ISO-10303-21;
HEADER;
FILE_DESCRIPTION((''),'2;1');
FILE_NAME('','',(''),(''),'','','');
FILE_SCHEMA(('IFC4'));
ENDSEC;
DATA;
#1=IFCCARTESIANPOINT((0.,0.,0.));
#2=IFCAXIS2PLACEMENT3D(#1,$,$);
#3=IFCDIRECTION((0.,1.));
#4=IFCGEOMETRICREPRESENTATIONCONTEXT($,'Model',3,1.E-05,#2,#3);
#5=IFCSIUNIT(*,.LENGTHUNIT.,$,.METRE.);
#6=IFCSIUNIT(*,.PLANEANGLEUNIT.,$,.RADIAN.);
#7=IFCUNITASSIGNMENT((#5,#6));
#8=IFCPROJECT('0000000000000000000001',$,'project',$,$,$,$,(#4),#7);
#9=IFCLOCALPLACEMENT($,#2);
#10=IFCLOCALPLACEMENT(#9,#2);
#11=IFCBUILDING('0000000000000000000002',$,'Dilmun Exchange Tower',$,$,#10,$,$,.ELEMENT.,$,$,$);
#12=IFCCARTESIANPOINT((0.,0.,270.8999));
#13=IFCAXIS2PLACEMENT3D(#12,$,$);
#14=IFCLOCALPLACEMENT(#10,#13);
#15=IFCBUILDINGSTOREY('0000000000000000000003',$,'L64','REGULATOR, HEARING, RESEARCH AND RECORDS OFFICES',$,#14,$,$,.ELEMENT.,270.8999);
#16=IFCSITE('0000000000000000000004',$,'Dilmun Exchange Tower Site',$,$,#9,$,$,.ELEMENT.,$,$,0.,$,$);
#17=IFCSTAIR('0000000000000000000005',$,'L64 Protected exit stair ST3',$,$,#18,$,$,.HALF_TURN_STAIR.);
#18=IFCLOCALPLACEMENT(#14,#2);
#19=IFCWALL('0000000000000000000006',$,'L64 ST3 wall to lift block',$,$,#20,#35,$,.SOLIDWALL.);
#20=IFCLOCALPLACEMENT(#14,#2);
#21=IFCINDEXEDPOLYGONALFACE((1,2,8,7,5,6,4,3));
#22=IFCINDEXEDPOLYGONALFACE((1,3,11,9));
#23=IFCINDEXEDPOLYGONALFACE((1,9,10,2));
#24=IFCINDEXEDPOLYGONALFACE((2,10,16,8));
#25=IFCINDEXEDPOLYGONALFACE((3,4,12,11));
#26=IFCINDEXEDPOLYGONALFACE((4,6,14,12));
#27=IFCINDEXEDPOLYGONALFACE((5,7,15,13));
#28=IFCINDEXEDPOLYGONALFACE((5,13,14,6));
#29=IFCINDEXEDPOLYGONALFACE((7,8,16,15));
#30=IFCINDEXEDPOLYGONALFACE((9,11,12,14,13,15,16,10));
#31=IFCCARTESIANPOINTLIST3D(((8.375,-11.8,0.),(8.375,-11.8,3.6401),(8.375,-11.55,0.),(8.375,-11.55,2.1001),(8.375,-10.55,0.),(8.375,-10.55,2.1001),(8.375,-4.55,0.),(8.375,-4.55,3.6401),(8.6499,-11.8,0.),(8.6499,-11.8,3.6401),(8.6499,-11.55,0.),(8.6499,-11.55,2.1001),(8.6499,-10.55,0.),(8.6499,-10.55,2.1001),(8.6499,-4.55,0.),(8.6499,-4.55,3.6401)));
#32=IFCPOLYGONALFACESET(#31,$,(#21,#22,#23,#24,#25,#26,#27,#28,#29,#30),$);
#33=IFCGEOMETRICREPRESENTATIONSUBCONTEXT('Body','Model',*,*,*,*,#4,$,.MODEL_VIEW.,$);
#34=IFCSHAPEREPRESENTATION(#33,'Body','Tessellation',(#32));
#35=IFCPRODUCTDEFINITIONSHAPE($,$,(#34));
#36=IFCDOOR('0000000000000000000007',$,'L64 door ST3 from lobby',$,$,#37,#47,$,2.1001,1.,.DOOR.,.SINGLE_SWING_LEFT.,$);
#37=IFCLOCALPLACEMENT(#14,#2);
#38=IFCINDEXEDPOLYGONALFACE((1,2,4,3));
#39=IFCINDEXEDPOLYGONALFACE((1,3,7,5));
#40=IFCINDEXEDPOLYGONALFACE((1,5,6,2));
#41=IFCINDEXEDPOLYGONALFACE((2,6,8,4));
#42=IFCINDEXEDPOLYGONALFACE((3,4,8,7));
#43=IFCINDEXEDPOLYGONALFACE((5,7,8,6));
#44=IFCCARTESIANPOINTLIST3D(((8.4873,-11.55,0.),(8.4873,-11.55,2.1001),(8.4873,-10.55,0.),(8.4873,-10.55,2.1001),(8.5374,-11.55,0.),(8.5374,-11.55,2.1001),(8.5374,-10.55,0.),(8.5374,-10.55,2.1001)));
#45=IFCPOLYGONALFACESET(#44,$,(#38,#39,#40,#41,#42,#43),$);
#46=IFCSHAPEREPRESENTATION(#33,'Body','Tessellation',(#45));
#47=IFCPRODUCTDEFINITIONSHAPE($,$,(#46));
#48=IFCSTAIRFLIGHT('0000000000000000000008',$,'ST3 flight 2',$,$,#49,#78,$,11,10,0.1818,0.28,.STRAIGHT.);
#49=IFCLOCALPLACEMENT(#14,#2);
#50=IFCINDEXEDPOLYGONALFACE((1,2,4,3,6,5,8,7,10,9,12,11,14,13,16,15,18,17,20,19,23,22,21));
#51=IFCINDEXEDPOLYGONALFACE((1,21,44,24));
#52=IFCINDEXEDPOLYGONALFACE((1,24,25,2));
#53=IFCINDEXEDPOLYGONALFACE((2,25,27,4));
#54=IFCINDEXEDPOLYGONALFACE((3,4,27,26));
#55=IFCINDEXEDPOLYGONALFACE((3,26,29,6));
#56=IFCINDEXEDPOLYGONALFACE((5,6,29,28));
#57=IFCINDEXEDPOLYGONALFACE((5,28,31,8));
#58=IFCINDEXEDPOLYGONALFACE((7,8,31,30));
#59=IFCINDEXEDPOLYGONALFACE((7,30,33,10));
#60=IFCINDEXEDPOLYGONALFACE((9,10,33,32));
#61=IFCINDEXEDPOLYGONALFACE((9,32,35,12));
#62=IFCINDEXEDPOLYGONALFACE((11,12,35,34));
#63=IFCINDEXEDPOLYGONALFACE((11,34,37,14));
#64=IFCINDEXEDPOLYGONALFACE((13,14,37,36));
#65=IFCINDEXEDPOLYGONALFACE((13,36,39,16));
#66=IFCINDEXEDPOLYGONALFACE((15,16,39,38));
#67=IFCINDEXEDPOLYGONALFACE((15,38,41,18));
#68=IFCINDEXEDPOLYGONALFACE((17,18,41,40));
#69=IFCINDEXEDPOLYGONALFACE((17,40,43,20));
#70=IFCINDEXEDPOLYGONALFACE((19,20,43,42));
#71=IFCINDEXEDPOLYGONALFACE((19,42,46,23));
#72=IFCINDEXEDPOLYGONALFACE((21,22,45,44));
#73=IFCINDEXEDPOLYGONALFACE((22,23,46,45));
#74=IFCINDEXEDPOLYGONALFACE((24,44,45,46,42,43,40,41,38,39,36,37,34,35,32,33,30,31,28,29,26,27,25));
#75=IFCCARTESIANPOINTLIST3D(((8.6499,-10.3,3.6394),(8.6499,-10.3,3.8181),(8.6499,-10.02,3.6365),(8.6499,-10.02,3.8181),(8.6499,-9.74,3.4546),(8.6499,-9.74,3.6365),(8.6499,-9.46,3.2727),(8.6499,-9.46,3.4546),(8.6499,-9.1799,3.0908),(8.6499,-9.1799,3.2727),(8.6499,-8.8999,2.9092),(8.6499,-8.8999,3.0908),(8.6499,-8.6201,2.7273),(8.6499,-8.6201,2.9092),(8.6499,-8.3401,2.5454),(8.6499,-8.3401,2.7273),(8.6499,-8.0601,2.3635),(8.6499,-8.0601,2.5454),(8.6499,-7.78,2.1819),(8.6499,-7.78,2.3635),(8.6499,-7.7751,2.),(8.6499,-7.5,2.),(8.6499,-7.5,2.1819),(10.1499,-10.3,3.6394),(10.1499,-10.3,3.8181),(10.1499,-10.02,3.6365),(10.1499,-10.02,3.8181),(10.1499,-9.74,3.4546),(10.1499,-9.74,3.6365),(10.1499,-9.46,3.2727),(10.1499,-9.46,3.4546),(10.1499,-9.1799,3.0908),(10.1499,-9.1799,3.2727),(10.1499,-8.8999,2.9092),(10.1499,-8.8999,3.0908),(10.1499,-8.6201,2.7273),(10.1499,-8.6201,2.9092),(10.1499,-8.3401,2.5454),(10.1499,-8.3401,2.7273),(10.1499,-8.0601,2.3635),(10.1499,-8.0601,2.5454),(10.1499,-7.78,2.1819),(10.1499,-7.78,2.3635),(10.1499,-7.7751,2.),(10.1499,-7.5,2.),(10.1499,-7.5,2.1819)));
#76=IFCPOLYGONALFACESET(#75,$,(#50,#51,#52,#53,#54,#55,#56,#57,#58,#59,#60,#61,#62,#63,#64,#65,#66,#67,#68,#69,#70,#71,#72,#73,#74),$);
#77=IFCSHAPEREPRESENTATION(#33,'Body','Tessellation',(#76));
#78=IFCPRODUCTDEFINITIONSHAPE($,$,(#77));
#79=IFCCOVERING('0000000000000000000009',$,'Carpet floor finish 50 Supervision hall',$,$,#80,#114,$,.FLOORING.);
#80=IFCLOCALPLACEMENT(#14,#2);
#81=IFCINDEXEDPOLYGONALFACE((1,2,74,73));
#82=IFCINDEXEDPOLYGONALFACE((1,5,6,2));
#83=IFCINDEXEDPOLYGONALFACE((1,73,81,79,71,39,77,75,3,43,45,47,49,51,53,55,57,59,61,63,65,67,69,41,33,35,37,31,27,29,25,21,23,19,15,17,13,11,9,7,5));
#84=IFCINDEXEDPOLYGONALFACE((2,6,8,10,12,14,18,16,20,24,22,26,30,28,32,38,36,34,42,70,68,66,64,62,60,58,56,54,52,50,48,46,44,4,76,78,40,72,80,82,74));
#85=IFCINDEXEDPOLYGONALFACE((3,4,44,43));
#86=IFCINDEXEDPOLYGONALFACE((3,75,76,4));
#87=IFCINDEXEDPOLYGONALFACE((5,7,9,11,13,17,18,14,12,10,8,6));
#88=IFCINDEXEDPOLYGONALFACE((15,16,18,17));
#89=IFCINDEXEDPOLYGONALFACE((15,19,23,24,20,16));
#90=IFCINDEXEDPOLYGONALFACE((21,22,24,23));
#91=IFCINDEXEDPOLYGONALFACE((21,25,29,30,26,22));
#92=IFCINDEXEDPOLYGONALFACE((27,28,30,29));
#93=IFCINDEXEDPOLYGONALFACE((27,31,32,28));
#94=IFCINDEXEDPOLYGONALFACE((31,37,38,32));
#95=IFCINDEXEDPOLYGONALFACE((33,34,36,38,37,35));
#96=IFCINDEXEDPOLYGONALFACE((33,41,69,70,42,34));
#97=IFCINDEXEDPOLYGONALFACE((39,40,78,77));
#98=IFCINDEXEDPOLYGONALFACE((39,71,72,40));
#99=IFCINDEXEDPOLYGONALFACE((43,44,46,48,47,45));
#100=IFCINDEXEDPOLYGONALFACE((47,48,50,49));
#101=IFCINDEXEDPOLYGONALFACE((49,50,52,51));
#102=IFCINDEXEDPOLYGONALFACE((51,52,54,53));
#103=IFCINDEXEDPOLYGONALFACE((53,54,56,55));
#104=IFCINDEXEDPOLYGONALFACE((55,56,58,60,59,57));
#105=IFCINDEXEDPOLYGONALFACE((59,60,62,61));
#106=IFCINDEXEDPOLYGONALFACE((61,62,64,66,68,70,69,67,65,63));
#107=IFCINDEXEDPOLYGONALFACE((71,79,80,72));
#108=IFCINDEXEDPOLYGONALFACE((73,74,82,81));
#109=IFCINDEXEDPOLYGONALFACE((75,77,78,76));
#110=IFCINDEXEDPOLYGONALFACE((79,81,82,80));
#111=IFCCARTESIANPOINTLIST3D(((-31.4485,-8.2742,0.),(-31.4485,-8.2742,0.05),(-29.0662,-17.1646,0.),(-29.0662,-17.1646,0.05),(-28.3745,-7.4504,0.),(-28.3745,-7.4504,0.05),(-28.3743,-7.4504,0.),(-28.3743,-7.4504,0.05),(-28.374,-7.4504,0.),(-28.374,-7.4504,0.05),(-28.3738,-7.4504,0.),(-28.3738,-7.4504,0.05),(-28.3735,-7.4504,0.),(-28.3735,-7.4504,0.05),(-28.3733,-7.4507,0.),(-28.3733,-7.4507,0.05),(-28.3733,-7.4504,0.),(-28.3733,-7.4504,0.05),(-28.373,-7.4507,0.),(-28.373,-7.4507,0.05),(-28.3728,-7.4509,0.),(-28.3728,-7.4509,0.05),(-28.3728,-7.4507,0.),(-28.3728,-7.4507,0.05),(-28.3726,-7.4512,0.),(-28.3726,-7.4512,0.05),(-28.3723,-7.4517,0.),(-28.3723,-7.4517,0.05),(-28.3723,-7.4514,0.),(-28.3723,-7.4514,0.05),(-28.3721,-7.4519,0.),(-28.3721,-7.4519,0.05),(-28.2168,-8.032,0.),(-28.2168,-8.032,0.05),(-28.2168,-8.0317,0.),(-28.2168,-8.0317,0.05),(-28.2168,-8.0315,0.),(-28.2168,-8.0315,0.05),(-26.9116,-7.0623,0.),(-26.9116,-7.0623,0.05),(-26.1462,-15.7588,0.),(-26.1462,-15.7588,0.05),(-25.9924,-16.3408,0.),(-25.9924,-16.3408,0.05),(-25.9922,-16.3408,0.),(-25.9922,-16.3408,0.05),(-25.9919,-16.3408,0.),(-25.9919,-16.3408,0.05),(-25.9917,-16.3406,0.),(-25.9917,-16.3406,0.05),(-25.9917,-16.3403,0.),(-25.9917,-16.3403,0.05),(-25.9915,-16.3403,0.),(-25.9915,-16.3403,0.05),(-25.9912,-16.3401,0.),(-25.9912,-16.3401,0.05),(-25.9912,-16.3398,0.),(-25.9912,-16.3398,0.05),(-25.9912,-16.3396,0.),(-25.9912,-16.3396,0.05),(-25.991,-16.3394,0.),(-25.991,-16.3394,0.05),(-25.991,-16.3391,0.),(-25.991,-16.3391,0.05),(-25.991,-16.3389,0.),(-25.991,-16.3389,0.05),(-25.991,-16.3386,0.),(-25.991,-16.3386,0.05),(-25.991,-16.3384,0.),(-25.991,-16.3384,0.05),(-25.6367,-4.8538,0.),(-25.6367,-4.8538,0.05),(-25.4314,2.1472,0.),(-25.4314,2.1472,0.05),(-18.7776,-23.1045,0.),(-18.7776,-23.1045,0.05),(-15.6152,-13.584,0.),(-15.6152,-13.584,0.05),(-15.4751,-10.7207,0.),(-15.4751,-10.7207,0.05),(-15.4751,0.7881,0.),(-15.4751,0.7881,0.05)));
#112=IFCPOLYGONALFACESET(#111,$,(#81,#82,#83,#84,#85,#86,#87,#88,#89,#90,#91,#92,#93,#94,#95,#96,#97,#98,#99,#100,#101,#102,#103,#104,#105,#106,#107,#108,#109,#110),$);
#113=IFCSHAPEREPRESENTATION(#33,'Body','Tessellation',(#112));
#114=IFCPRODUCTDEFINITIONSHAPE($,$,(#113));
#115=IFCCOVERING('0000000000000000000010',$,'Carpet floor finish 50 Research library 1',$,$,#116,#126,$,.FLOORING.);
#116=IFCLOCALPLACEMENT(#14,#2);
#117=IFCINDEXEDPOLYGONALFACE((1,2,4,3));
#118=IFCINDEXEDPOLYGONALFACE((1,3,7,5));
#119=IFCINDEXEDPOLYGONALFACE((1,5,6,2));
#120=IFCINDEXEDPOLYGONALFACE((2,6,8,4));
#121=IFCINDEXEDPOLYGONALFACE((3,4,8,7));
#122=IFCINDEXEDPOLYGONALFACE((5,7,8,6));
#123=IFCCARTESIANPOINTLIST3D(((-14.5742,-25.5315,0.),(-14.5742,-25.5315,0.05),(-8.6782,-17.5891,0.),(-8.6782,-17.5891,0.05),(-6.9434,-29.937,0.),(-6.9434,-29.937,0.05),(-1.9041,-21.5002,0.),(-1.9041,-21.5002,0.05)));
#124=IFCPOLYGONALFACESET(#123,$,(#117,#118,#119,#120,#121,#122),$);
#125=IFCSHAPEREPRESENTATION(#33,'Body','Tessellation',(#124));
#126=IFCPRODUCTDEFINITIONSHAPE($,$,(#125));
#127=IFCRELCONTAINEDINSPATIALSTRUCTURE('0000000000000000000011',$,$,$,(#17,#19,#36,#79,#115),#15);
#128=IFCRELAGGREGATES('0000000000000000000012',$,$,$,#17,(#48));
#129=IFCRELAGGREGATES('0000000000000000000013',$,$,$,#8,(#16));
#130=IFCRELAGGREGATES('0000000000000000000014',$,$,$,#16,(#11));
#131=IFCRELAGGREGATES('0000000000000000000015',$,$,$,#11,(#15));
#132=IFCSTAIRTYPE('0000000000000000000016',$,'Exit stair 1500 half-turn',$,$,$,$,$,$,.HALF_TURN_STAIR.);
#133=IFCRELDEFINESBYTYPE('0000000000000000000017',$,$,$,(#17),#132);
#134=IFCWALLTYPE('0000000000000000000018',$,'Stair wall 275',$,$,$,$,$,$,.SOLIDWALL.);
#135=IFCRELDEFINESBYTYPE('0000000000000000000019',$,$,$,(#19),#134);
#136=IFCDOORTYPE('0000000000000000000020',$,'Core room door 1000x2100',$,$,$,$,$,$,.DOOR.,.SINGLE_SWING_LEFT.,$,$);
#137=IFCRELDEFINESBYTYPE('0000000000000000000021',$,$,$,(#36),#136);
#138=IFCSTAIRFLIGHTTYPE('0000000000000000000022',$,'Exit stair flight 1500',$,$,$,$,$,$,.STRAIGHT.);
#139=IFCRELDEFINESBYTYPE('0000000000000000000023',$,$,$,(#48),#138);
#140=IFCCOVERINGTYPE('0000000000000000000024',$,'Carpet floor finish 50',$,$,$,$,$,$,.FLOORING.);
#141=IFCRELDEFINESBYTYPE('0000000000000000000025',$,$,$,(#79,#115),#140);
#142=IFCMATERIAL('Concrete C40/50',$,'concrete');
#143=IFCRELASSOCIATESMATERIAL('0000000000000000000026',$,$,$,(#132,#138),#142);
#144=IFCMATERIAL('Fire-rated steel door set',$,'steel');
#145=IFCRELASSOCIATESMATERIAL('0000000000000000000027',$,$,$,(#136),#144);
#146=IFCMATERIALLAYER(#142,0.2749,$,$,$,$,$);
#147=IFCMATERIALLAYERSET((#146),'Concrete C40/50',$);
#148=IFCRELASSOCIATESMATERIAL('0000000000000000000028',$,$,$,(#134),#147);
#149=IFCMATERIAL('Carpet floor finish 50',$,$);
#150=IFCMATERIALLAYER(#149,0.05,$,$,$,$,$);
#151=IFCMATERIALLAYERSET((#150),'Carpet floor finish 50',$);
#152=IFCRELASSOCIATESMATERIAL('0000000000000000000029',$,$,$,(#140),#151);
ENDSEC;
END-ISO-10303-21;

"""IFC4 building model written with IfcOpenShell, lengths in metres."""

from ifc_helpers import new_model, si_unit, direction, frame, frame_2d, origin, place, context, subcontext, project, spatial, polyline, rectangle, outline, extrude, material, layer, layer_set, type_object, element, fill, aggregate, save


model = new_model("IFC4")

# Units and contexts
model_context = context("Model", 3, precision=1e-05, world=origin(), true_north=direction((0.0, 1.0)))
body_context = subcontext(model_context, "Body", "Model", "MODEL_VIEW")
ifc_project = project(units=[si_unit("LENGTHUNIT", "METRE"), si_unit("PLANEANGLEUNIT", "RADIAN")], contexts=[model_context])

# Site, building, storey
site_placement = place(None, origin())
site = spatial("IfcSite", under=ifc_project, at=site_placement, Name="Dilmun Exchange Tower Site", CompositionType="ELEMENT", RefElevation=0.0)
building_placement = place(site_placement, origin())
building = spatial("IfcBuilding", under=site, at=building_placement, Name="Dilmun Exchange Tower", CompositionType="ELEMENT")
storey_placement = place(building_placement, frame((0.0, 0.0, 270.8999)))
storey = spatial("IfcBuildingStorey", under=building, at=storey_placement, Name="L64", Description="REGULATOR, HEARING, RESEARCH AND RECORDS OFFICES", CompositionType="ELEMENT", Elevation=270.8999)

# Shared definitions
ifc_material_1 = material(Name="Concrete C40/50", Category="concrete")

# Stair
stair_type = type_object("IfcStairType", Name="Exit stair 1500 half-turn", PredefinedType="HALF_TURN_STAIR", material=ifc_material_1)
stair_1_placement = place(storey_placement, origin())
stair_1 = element("IfcStair", 1, at=stair_1_placement, inside=storey, type_object=stair_type, Name="L64 Protected exit stair ST3", PredefinedType="HALF_TURN_STAIR")

# Shared definitions
ifc_material_2 = material(Name="Fire-rated steel door set", Category="steel")
door_type_1 = type_object("IfcDoorType", Name="Core room door 1000x2100", OperationType="SINGLE_SWING_LEFT", PredefinedType="DOOR", material=ifc_material_2)

# Wall, opening, door
ifc_layer_1 = layer(ifc_material_1, 0.2749)
ifc_layer_set_1 = layer_set([ifc_layer_1], Name="Concrete C40/50")
wall_type_1 = type_object("IfcWallType", Name="Stair wall 275", PredefinedType="SOLIDWALL", material=ifc_layer_set_1)
wall_1_placement = place(storey_placement, frame((8.5125, -4.55, 0.0), z_axis=(0.0, 0.0, 1.0), x_axis=(0.0, -1.0, 0.0)))
wall_1 = element("IfcWall", 2, at=wall_1_placement, inside=storey, type_object=wall_type_1, Name="L64 ST3 wall to lift block", PredefinedType="SOLIDWALL", context=body_context, shape_type="SweptSolid", body=[
    extrude(rectangle(XDim=7.25, YDim=0.2749, at=frame_2d((3.625, 0.0))), origin(), (0.0, 0.0, 1.0), 3.6401),
])
opening_1_placement = place(wall_1_placement, frame((6.0, 0.0, 0.0)))
opening_1 = element("IfcOpeningElement", 3, at=opening_1_placement, cuts=wall_1, PredefinedType="OPENING", context=body_context, shape_type="SweptSolid", body=[
    extrude(rectangle(XDim=1.0, YDim=2.1001, at=frame_2d((0.5, 1.05))), frame((0.0, 0.1475, 0.0), z_axis=(0.0, -1.0, 0.0), x_axis=(1.0, 0.0, 0.0)), (0.0, 0.0, 1.0), 0.2949),
])
door_1_placement = place(opening_1_placement, origin())
door_1 = element("IfcDoor", 4, at=door_1_placement, inside=storey, type_object=door_type_1, Name="L64 door ST3 from lobby", OperationType="SINGLE_SWING_LEFT", OverallHeight=2.1001, OverallWidth=1.0, PredefinedType="DOOR", context=body_context, shape_type="SweptSolid", body=[
    extrude(rectangle(XDim=1.0, YDim=2.1001, at=frame_2d((0.5, 1.05))), frame((0.0, 0.0249, 0.0), z_axis=(0.0, -1.0, 0.0), x_axis=(1.0, 0.0, 0.0)), (0.0, 0.0, 1.0), 0.05),
])
fill(opening_1, door_1)

# Stair flight
stair_flight_type = type_object("IfcStairFlightType", Name="Exit stair flight 1500", PredefinedType="STRAIGHT", material=ifc_material_1)
stair_flight_placement = place(storey_placement, frame((9.3999, -7.5, 2.0), z_axis=(0.0, 0.0, 1.0), x_axis=(0.0, -1.0, 0.0)))
stair_flight = element("IfcStairFlight", 5, at=stair_flight_placement, type_object=stair_flight_type, Name="ST3 flight 2", NumberOfRisers=11, NumberOfTreads=10, PredefinedType="STRAIGHT", RiserHeight=0.1818, TreadLength=0.28, context=body_context, shape_type="SweptSolid", body=[
    extrude(outline(polyline([(0.0, 0.0), (0.0, 0.1819), (0.28, 0.1819), (0.28, 0.3635), (0.5601, 0.3635), (0.5601, 0.5454), (0.8401, 0.5454), (0.8401, 0.7273), (1.1201, 0.7273), (1.1201, 0.9092), (1.3999, 0.9092), (1.3999, 1.0908), (1.6799, 1.0908), (1.6799, 1.2727), (1.96, 1.2727), (1.96, 1.4546), (2.24, 1.4546), (2.24, 1.6365), (2.52, 1.6365), (2.52, 1.8181), (2.8, 1.8181), (2.8, 2.0), (2.8, 1.6394), (0.2751, 0.0), (0.0, 0.0)])), frame((0.0, 0.75, 0.0), z_axis=(0.0, -1.0, 0.0), x_axis=(1.0, 0.0, 0.0)), (0.0, 0.0, 1.0), 1.5),
])
aggregate(stair_1, [stair_flight])

# Coverings
ifc_material_3 = material(Name="Carpet floor finish 50")
ifc_layer_2 = layer(ifc_material_3, 0.05)
ifc_layer_set_2 = layer_set([ifc_layer_2], Name="Carpet floor finish 50")
covering_type_1 = type_object("IfcCoveringType", Name="Carpet floor finish 50", PredefinedType="FLOORING", material=ifc_layer_set_2)
covering_1_placement = place(storey_placement, origin())
element("IfcCovering", 6, at=covering_1_placement, inside=storey, type_object=covering_type_1, Name="Carpet floor finish 50 Supervision hall", PredefinedType="FLOORING", context=body_context, shape_type="SweptSolid", body=[
    extrude(outline(polyline([(-15.4751, 0.7881), (-15.4751, -10.7207), (-25.6367, -4.8538), (-26.9116, -7.0623), (-15.6152, -13.584), (-18.7776, -23.1045), (-29.0662, -17.1646), (-25.9924, -16.3408), (-25.9922, -16.3408), (-25.9922, -16.3408), (-25.9919, -16.3408), (-25.9917, -16.3406), (-25.9917, -16.3403), (-25.9915, -16.3403), (-25.9912, -16.3401), (-25.9912, -16.3401), (-25.9912, -16.3398), (-25.9912, -16.3396), (-25.991, -16.3394), (-25.991, -16.3391), (-25.991, -16.3391), (-25.991, -16.3389), (-25.991, -16.3386), (-25.991, -16.3384), (-26.1462, -15.7588), (-28.2168, -8.032), (-28.2168, -8.032), (-28.2168, -8.0317), (-28.2168, -8.0317), (-28.2168, -8.0315), (-28.3721, -7.4519), (-28.3723, -7.4517), (-28.3723, -7.4514), (-28.3723, -7.4514), (-28.3726, -7.4512), (-28.3726, -7.4512), (-28.3728, -7.4509), (-28.3728, -7.4507), (-28.373, -7.4507), (-28.3733, -7.4507), (-28.3733, -7.4504), (-28.3735, -7.4504), (-28.3738, -7.4504), (-28.374, -7.4504), (-28.3743, -7.4504), (-28.3745, -7.4504), (-28.3745, -7.4504), (-31.4485, -8.2742), (-25.4314, 2.1472), (-15.4751, 0.7881)])), origin(), (0.0, 0.0, 1.0), 0.05),
])
covering_2_placement = place(storey_placement, origin())
element("IfcCovering", 7, at=covering_2_placement, inside=storey, type_object=covering_type_1, Name="Carpet floor finish 50 Research library 1", PredefinedType="FLOORING", context=body_context, shape_type="SweptSolid", body=[
    extrude(outline(polyline([(-8.6782, -17.5891), (-1.9041, -21.5002), (-6.9434, -29.937), (-14.5742, -25.5315), (-8.6782, -17.5891)])), origin(), (0.0, 0.0, 1.0), 0.05),
])

save(model, "model.ifc")
